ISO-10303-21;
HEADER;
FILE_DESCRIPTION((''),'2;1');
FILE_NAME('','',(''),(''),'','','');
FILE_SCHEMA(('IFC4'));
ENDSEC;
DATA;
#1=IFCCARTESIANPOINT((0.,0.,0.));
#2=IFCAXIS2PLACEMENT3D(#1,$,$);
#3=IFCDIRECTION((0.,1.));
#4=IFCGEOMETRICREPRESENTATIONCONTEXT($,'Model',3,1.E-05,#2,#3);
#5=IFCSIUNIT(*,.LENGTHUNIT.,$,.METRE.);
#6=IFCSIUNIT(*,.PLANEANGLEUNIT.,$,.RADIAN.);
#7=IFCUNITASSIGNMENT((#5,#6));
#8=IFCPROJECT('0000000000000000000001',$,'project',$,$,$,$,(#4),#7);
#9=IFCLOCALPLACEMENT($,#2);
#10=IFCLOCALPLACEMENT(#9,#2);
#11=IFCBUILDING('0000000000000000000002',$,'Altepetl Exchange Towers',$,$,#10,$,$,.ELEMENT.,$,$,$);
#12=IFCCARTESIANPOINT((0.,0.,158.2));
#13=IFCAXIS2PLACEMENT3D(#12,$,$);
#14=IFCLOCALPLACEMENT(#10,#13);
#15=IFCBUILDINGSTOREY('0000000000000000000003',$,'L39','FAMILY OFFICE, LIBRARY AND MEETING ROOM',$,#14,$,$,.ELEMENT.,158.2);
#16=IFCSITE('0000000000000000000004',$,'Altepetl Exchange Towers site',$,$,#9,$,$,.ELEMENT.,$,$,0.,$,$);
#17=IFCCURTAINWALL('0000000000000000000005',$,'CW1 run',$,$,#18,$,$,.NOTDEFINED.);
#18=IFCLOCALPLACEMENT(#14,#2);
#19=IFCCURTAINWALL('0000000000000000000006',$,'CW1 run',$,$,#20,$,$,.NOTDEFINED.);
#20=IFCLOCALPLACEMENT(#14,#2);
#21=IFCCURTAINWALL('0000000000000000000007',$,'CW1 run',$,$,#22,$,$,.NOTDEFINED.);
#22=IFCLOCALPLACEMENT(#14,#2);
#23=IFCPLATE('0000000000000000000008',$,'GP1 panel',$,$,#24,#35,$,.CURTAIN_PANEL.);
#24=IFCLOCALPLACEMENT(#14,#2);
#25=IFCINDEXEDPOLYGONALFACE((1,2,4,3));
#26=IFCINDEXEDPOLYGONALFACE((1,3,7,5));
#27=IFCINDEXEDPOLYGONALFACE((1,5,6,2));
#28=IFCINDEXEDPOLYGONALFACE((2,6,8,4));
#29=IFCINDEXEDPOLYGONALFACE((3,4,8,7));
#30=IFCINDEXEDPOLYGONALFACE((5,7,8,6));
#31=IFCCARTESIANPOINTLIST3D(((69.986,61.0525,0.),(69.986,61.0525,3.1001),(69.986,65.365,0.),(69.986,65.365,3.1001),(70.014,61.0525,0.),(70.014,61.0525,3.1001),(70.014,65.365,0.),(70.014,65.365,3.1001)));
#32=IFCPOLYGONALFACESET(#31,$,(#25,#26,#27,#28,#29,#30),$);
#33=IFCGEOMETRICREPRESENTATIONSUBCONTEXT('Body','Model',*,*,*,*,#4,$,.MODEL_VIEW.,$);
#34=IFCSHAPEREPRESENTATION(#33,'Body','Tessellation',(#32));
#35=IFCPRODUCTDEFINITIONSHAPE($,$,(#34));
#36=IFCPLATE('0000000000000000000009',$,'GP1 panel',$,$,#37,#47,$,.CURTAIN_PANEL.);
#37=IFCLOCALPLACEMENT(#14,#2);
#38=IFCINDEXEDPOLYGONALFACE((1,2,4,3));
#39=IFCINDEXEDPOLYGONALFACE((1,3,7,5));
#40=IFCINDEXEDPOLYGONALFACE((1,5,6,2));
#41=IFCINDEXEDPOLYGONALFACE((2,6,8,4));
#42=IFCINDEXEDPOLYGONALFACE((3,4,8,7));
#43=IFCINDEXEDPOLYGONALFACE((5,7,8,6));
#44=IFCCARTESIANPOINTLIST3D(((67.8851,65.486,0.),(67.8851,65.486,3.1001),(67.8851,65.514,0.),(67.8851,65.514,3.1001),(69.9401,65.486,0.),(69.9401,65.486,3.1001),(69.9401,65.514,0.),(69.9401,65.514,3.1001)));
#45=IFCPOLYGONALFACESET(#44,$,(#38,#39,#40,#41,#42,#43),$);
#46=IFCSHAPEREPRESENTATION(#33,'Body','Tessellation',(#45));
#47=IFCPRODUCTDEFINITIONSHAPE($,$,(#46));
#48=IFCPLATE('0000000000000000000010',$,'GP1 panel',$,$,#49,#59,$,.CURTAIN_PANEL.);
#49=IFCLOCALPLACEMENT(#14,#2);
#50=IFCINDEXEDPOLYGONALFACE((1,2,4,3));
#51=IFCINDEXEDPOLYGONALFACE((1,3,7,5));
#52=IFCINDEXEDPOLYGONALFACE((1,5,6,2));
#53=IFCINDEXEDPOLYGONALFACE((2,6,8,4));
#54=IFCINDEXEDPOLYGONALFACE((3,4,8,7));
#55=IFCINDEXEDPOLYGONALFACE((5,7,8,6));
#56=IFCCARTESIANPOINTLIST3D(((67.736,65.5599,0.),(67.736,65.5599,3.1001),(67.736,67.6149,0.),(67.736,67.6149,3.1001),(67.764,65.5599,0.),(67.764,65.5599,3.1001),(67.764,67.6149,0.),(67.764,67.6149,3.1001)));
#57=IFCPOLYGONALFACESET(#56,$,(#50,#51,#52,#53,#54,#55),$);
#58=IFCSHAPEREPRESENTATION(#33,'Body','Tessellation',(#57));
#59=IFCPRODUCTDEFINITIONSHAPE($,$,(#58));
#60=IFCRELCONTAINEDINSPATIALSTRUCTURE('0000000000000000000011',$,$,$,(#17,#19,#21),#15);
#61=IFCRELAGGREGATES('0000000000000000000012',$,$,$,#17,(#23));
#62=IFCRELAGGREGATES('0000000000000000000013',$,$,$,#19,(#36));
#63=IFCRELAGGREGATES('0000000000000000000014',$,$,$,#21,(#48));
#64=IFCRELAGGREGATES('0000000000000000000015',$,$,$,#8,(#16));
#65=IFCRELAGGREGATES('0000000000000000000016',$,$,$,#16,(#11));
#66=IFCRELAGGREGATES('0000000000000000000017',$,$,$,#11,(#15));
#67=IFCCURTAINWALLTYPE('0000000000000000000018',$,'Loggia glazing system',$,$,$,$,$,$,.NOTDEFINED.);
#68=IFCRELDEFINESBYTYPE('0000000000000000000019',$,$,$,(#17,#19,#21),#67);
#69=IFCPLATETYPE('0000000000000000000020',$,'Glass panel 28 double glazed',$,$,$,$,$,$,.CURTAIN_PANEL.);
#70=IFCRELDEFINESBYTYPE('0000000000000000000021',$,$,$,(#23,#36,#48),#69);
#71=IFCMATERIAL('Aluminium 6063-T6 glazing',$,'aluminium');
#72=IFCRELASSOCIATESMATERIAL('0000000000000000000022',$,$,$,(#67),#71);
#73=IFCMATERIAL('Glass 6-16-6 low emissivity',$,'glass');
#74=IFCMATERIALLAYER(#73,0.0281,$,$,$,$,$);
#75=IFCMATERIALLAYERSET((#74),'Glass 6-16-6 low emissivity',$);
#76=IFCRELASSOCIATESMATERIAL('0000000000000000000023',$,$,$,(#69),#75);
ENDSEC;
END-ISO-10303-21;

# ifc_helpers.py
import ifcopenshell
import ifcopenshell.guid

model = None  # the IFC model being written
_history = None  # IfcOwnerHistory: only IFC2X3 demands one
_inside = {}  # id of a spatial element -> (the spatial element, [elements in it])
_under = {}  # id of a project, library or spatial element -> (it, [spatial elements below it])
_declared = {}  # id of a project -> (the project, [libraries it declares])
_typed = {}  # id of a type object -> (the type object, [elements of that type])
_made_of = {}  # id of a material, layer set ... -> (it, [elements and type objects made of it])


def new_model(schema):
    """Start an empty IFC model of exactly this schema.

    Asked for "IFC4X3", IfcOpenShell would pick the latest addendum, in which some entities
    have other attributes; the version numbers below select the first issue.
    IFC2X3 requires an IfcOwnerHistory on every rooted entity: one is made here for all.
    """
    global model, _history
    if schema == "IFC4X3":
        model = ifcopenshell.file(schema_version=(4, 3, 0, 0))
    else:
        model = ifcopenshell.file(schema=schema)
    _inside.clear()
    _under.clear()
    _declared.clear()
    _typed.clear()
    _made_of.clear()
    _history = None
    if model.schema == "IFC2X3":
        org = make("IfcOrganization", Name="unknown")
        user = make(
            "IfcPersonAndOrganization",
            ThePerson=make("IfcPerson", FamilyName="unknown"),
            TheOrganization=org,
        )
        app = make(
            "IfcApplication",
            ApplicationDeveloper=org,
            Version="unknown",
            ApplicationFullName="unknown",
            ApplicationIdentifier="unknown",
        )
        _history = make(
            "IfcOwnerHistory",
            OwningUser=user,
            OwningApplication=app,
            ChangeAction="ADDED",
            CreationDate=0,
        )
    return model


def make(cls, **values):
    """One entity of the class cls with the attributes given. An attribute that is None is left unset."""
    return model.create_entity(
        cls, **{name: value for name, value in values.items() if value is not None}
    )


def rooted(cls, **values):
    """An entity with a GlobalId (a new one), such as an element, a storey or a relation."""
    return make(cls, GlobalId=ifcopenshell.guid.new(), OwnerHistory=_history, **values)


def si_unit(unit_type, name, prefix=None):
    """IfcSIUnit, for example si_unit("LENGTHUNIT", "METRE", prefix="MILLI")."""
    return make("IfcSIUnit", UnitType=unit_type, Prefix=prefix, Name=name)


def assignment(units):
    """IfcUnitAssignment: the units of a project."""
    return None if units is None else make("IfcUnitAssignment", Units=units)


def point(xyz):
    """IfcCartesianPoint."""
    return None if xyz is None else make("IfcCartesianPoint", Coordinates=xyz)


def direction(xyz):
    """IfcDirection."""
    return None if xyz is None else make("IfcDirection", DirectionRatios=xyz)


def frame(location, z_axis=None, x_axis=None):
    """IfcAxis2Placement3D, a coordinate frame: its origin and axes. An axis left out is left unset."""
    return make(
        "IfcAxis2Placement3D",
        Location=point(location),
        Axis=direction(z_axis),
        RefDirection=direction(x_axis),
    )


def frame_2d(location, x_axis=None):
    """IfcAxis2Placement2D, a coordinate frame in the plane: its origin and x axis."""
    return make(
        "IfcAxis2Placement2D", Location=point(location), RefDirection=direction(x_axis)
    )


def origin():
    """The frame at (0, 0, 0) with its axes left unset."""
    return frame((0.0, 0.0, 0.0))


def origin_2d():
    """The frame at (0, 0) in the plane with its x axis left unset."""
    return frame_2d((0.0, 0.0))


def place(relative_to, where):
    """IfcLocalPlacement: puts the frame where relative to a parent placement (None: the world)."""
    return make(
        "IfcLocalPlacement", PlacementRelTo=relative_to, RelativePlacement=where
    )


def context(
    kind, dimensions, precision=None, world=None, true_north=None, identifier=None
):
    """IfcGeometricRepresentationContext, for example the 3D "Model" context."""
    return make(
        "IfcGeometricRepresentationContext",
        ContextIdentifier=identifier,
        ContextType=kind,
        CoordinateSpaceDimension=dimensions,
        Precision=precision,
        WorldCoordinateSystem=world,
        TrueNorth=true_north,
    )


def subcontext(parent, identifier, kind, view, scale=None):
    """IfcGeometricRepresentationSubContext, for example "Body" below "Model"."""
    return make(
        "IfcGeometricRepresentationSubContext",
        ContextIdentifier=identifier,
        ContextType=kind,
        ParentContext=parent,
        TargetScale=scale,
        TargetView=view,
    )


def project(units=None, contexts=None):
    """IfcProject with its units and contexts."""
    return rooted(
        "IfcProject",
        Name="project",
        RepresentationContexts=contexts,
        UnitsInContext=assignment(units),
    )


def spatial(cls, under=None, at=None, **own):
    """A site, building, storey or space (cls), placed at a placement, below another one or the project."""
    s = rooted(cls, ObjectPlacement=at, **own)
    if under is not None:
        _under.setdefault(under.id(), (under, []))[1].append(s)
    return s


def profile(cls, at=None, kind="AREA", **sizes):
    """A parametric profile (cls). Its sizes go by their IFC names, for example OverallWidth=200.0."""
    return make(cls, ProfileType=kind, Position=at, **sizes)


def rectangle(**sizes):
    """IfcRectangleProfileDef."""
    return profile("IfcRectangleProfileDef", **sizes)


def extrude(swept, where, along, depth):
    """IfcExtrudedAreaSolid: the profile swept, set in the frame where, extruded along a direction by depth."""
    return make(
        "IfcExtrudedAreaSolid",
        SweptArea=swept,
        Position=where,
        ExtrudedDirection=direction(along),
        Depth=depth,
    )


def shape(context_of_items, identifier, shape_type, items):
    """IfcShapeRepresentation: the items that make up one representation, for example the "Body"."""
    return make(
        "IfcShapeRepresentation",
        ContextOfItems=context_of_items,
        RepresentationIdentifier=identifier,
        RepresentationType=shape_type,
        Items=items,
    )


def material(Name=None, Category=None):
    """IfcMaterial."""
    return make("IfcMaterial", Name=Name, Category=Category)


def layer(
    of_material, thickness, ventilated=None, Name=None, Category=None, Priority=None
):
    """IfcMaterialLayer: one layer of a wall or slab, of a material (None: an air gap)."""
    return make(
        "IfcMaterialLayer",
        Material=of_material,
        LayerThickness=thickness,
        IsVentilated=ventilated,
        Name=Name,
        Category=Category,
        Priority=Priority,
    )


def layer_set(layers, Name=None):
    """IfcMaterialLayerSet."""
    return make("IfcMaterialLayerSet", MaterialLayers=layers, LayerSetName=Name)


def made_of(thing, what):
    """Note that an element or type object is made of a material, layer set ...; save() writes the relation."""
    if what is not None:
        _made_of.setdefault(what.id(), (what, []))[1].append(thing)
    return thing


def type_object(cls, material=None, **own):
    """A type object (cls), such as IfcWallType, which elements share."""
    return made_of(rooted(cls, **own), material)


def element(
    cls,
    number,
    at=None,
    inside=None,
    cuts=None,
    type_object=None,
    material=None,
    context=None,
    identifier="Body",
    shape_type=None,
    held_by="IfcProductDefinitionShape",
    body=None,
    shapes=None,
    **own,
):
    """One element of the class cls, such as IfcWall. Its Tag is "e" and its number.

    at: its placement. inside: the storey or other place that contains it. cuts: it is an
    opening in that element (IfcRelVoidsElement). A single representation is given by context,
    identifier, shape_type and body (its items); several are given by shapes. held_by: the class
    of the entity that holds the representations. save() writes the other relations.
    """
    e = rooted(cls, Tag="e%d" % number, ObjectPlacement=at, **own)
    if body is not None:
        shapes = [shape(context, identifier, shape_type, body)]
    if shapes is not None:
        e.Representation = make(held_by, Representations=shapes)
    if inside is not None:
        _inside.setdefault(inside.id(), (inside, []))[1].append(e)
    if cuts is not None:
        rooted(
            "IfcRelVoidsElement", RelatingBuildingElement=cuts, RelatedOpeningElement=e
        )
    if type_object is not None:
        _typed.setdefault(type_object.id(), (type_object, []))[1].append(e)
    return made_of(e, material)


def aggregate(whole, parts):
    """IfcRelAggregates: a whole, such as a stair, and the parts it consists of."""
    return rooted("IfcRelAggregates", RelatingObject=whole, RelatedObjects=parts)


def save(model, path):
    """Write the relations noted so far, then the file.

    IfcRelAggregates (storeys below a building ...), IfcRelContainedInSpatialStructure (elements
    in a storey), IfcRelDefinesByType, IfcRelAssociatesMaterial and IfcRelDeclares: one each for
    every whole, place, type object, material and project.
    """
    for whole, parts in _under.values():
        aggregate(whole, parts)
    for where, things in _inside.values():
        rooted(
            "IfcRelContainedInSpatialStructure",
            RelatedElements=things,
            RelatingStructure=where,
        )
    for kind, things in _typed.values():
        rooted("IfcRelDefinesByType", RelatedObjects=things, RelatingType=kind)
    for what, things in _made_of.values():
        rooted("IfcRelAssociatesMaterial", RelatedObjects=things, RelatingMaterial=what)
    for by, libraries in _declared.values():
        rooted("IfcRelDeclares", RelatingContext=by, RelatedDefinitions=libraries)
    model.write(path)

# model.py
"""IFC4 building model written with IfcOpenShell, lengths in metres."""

from ifc_helpers import new_model, si_unit, direction, frame, origin, origin_2d, place, context, subcontext, project, spatial, rectangle, extrude, material, layer, layer_set, type_object, element, aggregate, save


model = new_model("IFC4")

# Units and contexts
model_context = context("Model", 3, precision=1e-05, world=origin(), true_north=direction((0.0, 1.0)))
body_context = subcontext(model_context, "Body", "Model", "MODEL_VIEW")
ifc_project = project(units=[si_unit("LENGTHUNIT", "METRE"), si_unit("PLANEANGLEUNIT", "RADIAN")], contexts=[model_context])

# Site, building, storey
site_placement = place(None, origin())
site = spatial("IfcSite", under=ifc_project, at=site_placement, Name="Altepetl Exchange Towers site", CompositionType="ELEMENT", RefElevation=0.0)
building_placement = place(site_placement, origin())
building = spatial("IfcBuilding", under=site, at=building_placement, Name="Altepetl Exchange Towers", CompositionType="ELEMENT")
storey_placement = place(building_placement, frame((0.0, 0.0, 158.2)))
storey = spatial("IfcBuildingStorey", under=building, at=storey_placement, Name="L39", Description="FAMILY OFFICE, LIBRARY AND MEETING ROOM", CompositionType="ELEMENT", Elevation=158.2)

# Curtain walls
ifc_material_1 = material(Name="Aluminium 6063-T6 glazing", Category="aluminium")
curtain_wall_type = type_object("IfcCurtainWallType", Name="Loggia glazing system", PredefinedType="NOTDEFINED", material=ifc_material_1)
curtain_wall_1_placement = place(storey_placement, origin())
curtain_wall_1 = element("IfcCurtainWall", 1, at=curtain_wall_1_placement, inside=storey, type_object=curtain_wall_type, Name="CW1 run", PredefinedType="NOTDEFINED")
curtain_wall_2_placement = place(storey_placement, origin())
curtain_wall_2 = element("IfcCurtainWall", 2, at=curtain_wall_2_placement, inside=storey, type_object=curtain_wall_type, Name="CW1 run", PredefinedType="NOTDEFINED")
curtain_wall_3_placement = place(storey_placement, origin())
curtain_wall_3 = element("IfcCurtainWall", 3, at=curtain_wall_3_placement, inside=storey, type_object=curtain_wall_type, Name="CW1 run", PredefinedType="NOTDEFINED")

# Plates
ifc_material_2 = material(Name="Glass 6-16-6 low emissivity", Category="glass")
ifc_layer = layer(ifc_material_2, 0.0281)
ifc_layer_set = layer_set([ifc_layer], Name="Glass 6-16-6 low emissivity")
plate_type = type_object("IfcPlateType", Name="Glass panel 28 double glazed", PredefinedType="CURTAIN_PANEL", material=ifc_layer_set)
plate_1_placement = place(storey_placement, frame((70.0, 63.2087, 0.0), z_axis=(0.0, 0.0, 1.0), x_axis=(0.0, 1.0, 0.0)))
plate_1 = element("IfcPlate", 4, at=plate_1_placement, type_object=plate_type, Name="GP1 panel", PredefinedType="CURTAIN_PANEL", context=body_context, shape_type="SweptSolid", body=[
    extrude(rectangle(XDim=4.3125, YDim=0.0281, at=origin_2d()), origin(), (0.0, 0.0, 1.0), 3.1001),
])
aggregate(curtain_wall_1, [plate_1])
plate_2_placement = place(storey_placement, frame((68.9126, 65.5, 0.0), z_axis=(0.0, 0.0, 1.0), x_axis=(-1.0, 0.0, 0.0)))
plate_2 = element("IfcPlate", 5, at=plate_2_placement, type_object=plate_type, Name="GP1 panel", PredefinedType="CURTAIN_PANEL", context=body_context, shape_type="SweptSolid", body=[
    extrude(rectangle(XDim=2.0549, YDim=0.0281, at=origin_2d()), origin(), (0.0, 0.0, 1.0), 3.1001),
])
aggregate(curtain_wall_2, [plate_2])
plate_3_placement = place(storey_placement, frame((67.75, 66.5874, 0.0), z_axis=(0.0, 0.0, 1.0), x_axis=(0.0, 1.0, 0.0)))
plate_3 = element("IfcPlate", 6, at=plate_3_placement, type_object=plate_type, Name="GP1 panel", PredefinedType="CURTAIN_PANEL", context=body_context, shape_type="SweptSolid", body=[
    extrude(rectangle(XDim=2.0549, YDim=0.0281, at=origin_2d()), origin(), (0.0, 0.0, 1.0), 3.1001),
])
aggregate(curtain_wall_3, [plate_3])

save(model, "model.ifc")
